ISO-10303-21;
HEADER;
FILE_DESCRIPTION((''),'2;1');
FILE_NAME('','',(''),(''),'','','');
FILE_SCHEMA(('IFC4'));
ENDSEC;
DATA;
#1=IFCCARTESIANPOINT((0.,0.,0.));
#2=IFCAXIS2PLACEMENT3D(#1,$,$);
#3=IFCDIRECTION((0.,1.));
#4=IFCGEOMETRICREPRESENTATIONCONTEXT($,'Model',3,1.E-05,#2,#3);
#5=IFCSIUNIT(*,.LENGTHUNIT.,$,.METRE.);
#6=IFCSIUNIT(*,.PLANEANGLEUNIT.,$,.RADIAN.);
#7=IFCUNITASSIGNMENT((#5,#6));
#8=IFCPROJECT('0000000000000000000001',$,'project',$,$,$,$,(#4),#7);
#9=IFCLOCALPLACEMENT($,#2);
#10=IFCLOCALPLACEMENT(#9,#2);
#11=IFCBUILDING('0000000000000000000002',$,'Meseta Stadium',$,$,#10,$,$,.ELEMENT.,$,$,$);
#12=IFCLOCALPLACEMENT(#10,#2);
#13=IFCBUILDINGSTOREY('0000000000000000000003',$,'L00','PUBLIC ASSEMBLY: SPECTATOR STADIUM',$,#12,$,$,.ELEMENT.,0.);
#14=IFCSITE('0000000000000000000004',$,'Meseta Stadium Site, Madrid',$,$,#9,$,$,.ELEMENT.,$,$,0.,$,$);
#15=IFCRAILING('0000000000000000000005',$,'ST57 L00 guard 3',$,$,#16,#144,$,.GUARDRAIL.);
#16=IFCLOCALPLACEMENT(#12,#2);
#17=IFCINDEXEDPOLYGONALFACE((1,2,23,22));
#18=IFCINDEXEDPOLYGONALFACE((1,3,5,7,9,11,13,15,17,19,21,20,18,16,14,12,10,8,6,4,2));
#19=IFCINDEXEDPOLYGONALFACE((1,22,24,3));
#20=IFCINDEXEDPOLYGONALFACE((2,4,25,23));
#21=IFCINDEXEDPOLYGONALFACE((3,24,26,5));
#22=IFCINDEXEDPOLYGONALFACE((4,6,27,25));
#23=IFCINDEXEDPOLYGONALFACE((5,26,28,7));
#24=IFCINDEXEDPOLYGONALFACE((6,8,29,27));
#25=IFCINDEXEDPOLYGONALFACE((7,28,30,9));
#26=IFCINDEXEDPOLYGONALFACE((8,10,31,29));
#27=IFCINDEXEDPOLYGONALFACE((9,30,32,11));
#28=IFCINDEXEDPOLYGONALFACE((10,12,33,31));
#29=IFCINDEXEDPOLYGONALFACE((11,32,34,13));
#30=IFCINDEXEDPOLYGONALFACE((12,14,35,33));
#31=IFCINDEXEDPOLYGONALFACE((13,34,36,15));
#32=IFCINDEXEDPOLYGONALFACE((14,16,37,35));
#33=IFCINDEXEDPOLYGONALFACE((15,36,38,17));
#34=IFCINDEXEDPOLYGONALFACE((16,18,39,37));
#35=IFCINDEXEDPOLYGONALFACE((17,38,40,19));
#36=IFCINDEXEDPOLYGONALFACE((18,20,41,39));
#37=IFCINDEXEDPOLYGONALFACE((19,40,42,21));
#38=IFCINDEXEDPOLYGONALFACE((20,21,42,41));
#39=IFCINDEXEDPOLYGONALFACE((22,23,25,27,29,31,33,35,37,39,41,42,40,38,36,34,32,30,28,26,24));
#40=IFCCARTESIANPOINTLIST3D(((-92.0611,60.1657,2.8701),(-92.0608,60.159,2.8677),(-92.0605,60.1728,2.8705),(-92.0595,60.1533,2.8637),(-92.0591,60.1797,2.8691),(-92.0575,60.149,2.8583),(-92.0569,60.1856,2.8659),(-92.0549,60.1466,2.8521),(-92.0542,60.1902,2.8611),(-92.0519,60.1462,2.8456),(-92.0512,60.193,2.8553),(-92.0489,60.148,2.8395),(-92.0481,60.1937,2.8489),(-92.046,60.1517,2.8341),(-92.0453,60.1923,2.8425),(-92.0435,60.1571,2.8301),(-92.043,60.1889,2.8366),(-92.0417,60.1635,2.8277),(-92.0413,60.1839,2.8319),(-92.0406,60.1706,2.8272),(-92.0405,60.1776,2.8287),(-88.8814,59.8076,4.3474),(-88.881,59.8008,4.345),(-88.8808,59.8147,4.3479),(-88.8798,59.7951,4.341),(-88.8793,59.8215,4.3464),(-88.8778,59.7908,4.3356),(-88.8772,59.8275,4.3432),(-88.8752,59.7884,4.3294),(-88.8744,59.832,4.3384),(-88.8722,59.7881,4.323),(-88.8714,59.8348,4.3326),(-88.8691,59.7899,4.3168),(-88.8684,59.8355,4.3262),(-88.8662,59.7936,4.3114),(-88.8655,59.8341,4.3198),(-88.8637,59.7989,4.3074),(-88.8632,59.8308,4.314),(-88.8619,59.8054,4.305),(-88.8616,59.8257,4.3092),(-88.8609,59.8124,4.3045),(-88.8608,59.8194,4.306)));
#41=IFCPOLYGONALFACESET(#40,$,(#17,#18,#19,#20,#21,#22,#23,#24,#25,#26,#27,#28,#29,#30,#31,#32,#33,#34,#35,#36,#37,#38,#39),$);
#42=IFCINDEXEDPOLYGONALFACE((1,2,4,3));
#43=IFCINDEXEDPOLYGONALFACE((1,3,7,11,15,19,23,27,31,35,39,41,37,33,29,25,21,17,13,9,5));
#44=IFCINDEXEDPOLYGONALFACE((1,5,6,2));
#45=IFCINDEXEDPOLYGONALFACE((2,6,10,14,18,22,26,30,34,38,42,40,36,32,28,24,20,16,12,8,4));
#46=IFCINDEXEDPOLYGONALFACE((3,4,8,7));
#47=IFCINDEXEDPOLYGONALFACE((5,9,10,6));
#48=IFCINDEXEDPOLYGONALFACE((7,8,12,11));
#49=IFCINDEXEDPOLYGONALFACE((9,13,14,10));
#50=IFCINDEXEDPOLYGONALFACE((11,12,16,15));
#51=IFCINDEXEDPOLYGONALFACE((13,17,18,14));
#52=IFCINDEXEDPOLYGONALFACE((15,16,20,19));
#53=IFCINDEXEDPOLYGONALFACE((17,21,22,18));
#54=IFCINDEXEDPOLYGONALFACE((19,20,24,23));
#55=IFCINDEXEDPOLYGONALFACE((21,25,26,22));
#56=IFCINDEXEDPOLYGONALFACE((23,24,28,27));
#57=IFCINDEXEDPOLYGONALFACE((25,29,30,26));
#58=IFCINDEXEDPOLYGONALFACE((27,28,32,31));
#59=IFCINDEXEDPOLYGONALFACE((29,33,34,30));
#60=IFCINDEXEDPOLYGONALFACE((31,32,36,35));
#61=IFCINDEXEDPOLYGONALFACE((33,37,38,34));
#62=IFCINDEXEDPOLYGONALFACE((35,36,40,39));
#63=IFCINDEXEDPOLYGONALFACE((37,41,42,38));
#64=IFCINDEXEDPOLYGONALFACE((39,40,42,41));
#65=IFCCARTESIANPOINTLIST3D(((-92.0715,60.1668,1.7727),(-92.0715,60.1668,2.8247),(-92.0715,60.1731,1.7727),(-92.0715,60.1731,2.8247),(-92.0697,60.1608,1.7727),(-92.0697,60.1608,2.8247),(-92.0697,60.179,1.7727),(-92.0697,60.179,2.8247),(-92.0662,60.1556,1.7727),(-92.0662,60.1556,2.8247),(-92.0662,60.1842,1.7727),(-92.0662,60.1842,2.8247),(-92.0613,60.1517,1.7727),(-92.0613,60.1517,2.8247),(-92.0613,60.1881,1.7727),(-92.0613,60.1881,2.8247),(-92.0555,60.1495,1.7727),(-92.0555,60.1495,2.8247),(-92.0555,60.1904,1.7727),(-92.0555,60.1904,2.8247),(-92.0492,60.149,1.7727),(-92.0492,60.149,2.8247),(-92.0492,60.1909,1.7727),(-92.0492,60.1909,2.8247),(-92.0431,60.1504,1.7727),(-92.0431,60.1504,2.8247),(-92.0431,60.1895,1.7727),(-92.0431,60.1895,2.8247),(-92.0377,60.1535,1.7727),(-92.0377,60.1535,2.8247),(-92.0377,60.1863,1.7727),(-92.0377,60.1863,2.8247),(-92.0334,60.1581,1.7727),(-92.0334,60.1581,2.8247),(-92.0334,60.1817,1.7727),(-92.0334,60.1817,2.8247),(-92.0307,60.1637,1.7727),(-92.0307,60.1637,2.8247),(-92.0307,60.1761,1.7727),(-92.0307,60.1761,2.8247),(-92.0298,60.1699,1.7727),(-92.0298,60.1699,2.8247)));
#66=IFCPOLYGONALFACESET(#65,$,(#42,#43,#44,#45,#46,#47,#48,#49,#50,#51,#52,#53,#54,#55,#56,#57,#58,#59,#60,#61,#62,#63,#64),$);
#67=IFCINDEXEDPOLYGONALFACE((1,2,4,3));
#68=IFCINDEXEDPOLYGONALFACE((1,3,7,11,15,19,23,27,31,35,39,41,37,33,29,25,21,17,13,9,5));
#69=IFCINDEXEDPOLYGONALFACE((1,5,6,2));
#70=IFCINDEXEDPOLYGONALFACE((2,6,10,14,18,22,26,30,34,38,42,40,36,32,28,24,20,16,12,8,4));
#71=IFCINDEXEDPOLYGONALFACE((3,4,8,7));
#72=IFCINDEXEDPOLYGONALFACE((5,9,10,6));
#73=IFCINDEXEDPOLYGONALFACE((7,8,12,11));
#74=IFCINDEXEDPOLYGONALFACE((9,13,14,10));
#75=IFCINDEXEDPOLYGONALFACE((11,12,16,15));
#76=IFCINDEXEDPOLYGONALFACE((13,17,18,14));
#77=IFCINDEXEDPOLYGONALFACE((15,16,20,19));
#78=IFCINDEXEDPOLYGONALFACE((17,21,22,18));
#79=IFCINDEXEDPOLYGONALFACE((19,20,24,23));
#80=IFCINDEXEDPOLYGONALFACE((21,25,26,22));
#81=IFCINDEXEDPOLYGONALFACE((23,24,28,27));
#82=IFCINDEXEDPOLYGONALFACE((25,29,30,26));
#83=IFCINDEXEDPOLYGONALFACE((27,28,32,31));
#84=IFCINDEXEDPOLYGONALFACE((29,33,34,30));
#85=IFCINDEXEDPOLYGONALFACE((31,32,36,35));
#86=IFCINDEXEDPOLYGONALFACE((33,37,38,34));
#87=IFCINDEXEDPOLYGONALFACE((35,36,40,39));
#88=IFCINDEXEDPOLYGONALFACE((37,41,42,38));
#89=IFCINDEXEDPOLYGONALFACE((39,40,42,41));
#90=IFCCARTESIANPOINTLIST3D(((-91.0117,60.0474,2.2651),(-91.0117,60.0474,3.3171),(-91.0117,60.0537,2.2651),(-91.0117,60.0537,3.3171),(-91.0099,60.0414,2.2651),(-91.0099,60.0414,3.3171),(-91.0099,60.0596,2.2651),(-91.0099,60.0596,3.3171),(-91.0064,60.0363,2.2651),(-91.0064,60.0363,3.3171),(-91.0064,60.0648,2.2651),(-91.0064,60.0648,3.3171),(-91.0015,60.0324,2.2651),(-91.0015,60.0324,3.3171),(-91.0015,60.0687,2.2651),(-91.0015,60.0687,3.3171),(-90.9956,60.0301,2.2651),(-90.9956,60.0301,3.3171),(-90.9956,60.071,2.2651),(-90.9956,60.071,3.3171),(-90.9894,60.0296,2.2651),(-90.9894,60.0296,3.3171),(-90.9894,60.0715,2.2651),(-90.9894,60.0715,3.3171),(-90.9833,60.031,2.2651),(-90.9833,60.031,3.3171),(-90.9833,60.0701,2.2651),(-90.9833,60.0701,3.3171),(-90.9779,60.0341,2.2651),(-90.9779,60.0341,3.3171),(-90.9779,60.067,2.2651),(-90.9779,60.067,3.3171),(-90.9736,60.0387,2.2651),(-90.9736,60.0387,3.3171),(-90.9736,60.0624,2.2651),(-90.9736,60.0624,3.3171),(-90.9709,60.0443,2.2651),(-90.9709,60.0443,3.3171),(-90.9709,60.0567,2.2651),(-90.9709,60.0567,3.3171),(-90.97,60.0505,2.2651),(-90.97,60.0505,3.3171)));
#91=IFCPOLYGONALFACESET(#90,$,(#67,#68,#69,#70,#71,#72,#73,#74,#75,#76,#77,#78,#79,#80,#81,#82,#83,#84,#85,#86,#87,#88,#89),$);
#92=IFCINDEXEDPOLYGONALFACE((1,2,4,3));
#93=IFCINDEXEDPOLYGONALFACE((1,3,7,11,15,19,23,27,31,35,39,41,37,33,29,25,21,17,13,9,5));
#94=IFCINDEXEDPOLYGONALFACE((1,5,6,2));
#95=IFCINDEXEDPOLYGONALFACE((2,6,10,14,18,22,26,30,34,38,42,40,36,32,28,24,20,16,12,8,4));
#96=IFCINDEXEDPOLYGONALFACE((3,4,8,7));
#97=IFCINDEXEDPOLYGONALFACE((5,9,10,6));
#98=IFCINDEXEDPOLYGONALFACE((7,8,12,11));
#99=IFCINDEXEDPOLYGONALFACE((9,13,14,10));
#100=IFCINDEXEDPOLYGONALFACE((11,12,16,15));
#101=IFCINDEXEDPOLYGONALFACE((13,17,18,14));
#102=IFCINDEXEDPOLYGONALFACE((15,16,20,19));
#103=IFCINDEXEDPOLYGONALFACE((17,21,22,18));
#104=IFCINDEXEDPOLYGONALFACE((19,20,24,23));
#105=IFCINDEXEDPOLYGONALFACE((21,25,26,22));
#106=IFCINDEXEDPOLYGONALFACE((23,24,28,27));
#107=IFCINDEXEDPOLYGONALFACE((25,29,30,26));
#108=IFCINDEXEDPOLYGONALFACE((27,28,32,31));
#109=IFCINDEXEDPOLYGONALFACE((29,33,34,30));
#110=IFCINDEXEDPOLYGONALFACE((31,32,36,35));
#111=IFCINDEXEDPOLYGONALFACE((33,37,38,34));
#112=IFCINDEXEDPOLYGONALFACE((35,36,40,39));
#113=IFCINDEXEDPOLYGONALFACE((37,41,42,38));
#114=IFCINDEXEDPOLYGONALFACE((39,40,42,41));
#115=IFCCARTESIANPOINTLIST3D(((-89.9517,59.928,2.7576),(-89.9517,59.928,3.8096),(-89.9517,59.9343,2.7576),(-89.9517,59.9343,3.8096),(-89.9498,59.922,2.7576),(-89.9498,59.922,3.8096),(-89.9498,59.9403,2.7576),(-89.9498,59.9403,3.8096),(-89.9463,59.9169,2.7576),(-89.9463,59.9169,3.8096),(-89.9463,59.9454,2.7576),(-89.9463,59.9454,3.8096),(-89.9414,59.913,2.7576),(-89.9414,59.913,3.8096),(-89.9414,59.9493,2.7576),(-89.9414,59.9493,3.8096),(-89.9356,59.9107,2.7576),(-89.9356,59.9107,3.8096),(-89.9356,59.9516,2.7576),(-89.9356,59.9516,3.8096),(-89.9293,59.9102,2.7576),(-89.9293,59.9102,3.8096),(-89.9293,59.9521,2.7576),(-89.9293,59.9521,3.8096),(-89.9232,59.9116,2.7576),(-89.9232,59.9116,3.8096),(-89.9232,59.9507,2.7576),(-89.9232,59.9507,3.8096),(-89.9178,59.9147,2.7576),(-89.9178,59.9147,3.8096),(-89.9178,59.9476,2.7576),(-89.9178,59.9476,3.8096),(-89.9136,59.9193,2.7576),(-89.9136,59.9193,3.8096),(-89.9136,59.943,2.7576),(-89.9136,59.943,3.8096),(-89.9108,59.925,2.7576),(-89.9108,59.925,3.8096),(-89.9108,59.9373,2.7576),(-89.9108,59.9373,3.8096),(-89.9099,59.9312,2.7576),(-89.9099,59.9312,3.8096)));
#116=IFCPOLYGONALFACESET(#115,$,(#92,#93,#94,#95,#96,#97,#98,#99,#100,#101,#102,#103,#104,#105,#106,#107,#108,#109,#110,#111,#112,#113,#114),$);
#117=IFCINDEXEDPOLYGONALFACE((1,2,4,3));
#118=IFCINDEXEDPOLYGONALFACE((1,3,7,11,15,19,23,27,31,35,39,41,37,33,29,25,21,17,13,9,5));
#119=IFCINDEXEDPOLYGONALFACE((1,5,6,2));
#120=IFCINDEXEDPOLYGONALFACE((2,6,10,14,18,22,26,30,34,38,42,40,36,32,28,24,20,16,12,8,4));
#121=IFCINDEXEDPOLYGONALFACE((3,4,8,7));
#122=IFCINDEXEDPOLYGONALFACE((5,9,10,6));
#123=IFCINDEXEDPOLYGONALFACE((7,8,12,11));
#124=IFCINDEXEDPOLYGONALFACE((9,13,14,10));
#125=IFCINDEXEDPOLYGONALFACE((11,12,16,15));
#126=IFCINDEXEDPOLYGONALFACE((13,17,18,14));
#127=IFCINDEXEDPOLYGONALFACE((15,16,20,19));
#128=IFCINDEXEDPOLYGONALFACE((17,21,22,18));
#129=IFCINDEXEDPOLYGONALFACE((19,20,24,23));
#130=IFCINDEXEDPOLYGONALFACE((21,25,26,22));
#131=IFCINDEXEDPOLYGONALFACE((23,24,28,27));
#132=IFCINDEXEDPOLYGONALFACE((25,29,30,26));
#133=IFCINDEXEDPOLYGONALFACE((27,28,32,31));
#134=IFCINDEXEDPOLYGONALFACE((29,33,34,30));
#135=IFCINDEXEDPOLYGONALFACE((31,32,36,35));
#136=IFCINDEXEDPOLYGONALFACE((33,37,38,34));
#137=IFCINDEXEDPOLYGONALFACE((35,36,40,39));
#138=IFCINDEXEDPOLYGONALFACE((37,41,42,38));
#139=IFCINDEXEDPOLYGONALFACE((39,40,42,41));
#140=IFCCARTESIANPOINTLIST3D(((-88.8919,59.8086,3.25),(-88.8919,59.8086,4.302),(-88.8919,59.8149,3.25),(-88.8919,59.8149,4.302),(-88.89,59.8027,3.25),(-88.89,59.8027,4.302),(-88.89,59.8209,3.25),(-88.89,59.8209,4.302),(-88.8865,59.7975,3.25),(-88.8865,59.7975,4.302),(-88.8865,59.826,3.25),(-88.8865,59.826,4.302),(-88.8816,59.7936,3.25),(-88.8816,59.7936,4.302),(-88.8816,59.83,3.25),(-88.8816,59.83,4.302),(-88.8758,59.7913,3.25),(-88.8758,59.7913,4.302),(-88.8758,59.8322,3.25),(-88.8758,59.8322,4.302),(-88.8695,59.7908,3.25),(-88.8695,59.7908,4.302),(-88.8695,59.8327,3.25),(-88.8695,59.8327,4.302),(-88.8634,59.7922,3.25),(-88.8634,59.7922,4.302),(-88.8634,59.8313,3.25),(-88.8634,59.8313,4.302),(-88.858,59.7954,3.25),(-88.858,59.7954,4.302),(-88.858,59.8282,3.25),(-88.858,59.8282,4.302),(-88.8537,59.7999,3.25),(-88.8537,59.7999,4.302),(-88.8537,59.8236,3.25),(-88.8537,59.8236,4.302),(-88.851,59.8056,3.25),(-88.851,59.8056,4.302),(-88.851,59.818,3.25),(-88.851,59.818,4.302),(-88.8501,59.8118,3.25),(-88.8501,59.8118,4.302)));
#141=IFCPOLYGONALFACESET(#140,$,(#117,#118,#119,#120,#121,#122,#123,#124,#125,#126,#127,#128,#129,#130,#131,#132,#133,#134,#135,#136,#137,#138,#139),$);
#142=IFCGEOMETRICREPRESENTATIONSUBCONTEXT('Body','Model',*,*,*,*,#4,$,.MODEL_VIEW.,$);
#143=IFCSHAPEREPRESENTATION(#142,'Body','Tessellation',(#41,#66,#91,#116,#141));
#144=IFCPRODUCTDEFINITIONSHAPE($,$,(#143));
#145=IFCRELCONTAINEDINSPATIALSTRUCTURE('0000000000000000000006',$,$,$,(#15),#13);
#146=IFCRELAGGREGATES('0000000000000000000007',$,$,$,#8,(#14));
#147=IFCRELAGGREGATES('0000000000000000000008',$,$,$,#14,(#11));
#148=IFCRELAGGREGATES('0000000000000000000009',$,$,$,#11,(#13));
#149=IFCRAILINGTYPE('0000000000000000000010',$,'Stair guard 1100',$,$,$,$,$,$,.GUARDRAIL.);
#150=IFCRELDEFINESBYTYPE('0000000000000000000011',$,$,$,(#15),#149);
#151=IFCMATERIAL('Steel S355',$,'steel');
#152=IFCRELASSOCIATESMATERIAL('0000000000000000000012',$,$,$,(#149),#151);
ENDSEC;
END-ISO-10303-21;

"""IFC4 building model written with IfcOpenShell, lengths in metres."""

from ifc_helpers import new_model, si_unit, direction, frame, origin, origin_2d, place, context, subcontext, project, spatial, circle, extrude, material, type_object, element, save


model = new_model("IFC4")

# Units and contexts
model_context = context("Model", 3, precision=1e-05, world=origin(), true_north=direction((0.0, 1.0)))
body_context = subcontext(model_context, "Body", "Model", "MODEL_VIEW")
ifc_project = project(units=[si_unit("LENGTHUNIT", "METRE"), si_unit("PLANEANGLEUNIT", "RADIAN")], contexts=[model_context])

# Site, building, storey
site_placement = place(None, origin())
site = spatial("IfcSite", under=ifc_project, at=site_placement, Name="Meseta Stadium Site, Madrid", CompositionType="ELEMENT", RefElevation=0.0)
building_placement = place(site_placement, origin())
building = spatial("IfcBuilding", under=site, at=building_placement, Name="Meseta Stadium", CompositionType="ELEMENT")
storey_placement = place(building_placement, origin())
storey = spatial("IfcBuildingStorey", under=building, at=storey_placement, Name="L00", Description="PUBLIC ASSEMBLY: SPECTATOR STADIUM", CompositionType="ELEMENT", Elevation=0.0)

# Railing
ifc_material_1 = material(Name="Steel S355", Category="steel")
railing_type_1 = type_object("IfcRailingType", Name="Stair guard 1100", PredefinedType="GUARDRAIL", material=ifc_material_1)
railing_1_placement = place(storey_placement, frame((-92.0508, 60.1699, 1.7727)))
element("IfcRailing", 1, at=railing_1_placement, inside=storey, type_object=railing_type_1, Name="ST57 L00 guard 3", PredefinedType="GUARDRAIL", context=body_context, shape_type="SweptSolid", body=[
    extrude(circle(Radius=0.0239, at=origin_2d()), frame((0.0, 0.0, 1.0762), z_axis=(0.902204, -0.101623, 0.419167), x_axis=(0.11193, 0.993716, 0.0)), (0.0, 0.0, 1.0), 3.5244),
    extrude(circle(Radius=0.021, at=origin_2d()), origin(), (0.0, 0.0, 1.0), 1.052),
    extrude(circle(Radius=0.021, at=origin_2d()), frame((1.0598, -0.1194, 0.4924)), (0.0, 0.0, 1.0), 1.052),
    extrude(circle(Radius=0.021, at=origin_2d()), frame((2.1199, -0.2388, 0.9849)), (0.0, 0.0, 1.0), 1.052),
    extrude(circle(Radius=0.021, at=origin_2d()), frame((3.1797, -0.3582, 1.4773)), (0.0, 0.0, 1.0), 1.052),
])

save(model, "model.ifc")
